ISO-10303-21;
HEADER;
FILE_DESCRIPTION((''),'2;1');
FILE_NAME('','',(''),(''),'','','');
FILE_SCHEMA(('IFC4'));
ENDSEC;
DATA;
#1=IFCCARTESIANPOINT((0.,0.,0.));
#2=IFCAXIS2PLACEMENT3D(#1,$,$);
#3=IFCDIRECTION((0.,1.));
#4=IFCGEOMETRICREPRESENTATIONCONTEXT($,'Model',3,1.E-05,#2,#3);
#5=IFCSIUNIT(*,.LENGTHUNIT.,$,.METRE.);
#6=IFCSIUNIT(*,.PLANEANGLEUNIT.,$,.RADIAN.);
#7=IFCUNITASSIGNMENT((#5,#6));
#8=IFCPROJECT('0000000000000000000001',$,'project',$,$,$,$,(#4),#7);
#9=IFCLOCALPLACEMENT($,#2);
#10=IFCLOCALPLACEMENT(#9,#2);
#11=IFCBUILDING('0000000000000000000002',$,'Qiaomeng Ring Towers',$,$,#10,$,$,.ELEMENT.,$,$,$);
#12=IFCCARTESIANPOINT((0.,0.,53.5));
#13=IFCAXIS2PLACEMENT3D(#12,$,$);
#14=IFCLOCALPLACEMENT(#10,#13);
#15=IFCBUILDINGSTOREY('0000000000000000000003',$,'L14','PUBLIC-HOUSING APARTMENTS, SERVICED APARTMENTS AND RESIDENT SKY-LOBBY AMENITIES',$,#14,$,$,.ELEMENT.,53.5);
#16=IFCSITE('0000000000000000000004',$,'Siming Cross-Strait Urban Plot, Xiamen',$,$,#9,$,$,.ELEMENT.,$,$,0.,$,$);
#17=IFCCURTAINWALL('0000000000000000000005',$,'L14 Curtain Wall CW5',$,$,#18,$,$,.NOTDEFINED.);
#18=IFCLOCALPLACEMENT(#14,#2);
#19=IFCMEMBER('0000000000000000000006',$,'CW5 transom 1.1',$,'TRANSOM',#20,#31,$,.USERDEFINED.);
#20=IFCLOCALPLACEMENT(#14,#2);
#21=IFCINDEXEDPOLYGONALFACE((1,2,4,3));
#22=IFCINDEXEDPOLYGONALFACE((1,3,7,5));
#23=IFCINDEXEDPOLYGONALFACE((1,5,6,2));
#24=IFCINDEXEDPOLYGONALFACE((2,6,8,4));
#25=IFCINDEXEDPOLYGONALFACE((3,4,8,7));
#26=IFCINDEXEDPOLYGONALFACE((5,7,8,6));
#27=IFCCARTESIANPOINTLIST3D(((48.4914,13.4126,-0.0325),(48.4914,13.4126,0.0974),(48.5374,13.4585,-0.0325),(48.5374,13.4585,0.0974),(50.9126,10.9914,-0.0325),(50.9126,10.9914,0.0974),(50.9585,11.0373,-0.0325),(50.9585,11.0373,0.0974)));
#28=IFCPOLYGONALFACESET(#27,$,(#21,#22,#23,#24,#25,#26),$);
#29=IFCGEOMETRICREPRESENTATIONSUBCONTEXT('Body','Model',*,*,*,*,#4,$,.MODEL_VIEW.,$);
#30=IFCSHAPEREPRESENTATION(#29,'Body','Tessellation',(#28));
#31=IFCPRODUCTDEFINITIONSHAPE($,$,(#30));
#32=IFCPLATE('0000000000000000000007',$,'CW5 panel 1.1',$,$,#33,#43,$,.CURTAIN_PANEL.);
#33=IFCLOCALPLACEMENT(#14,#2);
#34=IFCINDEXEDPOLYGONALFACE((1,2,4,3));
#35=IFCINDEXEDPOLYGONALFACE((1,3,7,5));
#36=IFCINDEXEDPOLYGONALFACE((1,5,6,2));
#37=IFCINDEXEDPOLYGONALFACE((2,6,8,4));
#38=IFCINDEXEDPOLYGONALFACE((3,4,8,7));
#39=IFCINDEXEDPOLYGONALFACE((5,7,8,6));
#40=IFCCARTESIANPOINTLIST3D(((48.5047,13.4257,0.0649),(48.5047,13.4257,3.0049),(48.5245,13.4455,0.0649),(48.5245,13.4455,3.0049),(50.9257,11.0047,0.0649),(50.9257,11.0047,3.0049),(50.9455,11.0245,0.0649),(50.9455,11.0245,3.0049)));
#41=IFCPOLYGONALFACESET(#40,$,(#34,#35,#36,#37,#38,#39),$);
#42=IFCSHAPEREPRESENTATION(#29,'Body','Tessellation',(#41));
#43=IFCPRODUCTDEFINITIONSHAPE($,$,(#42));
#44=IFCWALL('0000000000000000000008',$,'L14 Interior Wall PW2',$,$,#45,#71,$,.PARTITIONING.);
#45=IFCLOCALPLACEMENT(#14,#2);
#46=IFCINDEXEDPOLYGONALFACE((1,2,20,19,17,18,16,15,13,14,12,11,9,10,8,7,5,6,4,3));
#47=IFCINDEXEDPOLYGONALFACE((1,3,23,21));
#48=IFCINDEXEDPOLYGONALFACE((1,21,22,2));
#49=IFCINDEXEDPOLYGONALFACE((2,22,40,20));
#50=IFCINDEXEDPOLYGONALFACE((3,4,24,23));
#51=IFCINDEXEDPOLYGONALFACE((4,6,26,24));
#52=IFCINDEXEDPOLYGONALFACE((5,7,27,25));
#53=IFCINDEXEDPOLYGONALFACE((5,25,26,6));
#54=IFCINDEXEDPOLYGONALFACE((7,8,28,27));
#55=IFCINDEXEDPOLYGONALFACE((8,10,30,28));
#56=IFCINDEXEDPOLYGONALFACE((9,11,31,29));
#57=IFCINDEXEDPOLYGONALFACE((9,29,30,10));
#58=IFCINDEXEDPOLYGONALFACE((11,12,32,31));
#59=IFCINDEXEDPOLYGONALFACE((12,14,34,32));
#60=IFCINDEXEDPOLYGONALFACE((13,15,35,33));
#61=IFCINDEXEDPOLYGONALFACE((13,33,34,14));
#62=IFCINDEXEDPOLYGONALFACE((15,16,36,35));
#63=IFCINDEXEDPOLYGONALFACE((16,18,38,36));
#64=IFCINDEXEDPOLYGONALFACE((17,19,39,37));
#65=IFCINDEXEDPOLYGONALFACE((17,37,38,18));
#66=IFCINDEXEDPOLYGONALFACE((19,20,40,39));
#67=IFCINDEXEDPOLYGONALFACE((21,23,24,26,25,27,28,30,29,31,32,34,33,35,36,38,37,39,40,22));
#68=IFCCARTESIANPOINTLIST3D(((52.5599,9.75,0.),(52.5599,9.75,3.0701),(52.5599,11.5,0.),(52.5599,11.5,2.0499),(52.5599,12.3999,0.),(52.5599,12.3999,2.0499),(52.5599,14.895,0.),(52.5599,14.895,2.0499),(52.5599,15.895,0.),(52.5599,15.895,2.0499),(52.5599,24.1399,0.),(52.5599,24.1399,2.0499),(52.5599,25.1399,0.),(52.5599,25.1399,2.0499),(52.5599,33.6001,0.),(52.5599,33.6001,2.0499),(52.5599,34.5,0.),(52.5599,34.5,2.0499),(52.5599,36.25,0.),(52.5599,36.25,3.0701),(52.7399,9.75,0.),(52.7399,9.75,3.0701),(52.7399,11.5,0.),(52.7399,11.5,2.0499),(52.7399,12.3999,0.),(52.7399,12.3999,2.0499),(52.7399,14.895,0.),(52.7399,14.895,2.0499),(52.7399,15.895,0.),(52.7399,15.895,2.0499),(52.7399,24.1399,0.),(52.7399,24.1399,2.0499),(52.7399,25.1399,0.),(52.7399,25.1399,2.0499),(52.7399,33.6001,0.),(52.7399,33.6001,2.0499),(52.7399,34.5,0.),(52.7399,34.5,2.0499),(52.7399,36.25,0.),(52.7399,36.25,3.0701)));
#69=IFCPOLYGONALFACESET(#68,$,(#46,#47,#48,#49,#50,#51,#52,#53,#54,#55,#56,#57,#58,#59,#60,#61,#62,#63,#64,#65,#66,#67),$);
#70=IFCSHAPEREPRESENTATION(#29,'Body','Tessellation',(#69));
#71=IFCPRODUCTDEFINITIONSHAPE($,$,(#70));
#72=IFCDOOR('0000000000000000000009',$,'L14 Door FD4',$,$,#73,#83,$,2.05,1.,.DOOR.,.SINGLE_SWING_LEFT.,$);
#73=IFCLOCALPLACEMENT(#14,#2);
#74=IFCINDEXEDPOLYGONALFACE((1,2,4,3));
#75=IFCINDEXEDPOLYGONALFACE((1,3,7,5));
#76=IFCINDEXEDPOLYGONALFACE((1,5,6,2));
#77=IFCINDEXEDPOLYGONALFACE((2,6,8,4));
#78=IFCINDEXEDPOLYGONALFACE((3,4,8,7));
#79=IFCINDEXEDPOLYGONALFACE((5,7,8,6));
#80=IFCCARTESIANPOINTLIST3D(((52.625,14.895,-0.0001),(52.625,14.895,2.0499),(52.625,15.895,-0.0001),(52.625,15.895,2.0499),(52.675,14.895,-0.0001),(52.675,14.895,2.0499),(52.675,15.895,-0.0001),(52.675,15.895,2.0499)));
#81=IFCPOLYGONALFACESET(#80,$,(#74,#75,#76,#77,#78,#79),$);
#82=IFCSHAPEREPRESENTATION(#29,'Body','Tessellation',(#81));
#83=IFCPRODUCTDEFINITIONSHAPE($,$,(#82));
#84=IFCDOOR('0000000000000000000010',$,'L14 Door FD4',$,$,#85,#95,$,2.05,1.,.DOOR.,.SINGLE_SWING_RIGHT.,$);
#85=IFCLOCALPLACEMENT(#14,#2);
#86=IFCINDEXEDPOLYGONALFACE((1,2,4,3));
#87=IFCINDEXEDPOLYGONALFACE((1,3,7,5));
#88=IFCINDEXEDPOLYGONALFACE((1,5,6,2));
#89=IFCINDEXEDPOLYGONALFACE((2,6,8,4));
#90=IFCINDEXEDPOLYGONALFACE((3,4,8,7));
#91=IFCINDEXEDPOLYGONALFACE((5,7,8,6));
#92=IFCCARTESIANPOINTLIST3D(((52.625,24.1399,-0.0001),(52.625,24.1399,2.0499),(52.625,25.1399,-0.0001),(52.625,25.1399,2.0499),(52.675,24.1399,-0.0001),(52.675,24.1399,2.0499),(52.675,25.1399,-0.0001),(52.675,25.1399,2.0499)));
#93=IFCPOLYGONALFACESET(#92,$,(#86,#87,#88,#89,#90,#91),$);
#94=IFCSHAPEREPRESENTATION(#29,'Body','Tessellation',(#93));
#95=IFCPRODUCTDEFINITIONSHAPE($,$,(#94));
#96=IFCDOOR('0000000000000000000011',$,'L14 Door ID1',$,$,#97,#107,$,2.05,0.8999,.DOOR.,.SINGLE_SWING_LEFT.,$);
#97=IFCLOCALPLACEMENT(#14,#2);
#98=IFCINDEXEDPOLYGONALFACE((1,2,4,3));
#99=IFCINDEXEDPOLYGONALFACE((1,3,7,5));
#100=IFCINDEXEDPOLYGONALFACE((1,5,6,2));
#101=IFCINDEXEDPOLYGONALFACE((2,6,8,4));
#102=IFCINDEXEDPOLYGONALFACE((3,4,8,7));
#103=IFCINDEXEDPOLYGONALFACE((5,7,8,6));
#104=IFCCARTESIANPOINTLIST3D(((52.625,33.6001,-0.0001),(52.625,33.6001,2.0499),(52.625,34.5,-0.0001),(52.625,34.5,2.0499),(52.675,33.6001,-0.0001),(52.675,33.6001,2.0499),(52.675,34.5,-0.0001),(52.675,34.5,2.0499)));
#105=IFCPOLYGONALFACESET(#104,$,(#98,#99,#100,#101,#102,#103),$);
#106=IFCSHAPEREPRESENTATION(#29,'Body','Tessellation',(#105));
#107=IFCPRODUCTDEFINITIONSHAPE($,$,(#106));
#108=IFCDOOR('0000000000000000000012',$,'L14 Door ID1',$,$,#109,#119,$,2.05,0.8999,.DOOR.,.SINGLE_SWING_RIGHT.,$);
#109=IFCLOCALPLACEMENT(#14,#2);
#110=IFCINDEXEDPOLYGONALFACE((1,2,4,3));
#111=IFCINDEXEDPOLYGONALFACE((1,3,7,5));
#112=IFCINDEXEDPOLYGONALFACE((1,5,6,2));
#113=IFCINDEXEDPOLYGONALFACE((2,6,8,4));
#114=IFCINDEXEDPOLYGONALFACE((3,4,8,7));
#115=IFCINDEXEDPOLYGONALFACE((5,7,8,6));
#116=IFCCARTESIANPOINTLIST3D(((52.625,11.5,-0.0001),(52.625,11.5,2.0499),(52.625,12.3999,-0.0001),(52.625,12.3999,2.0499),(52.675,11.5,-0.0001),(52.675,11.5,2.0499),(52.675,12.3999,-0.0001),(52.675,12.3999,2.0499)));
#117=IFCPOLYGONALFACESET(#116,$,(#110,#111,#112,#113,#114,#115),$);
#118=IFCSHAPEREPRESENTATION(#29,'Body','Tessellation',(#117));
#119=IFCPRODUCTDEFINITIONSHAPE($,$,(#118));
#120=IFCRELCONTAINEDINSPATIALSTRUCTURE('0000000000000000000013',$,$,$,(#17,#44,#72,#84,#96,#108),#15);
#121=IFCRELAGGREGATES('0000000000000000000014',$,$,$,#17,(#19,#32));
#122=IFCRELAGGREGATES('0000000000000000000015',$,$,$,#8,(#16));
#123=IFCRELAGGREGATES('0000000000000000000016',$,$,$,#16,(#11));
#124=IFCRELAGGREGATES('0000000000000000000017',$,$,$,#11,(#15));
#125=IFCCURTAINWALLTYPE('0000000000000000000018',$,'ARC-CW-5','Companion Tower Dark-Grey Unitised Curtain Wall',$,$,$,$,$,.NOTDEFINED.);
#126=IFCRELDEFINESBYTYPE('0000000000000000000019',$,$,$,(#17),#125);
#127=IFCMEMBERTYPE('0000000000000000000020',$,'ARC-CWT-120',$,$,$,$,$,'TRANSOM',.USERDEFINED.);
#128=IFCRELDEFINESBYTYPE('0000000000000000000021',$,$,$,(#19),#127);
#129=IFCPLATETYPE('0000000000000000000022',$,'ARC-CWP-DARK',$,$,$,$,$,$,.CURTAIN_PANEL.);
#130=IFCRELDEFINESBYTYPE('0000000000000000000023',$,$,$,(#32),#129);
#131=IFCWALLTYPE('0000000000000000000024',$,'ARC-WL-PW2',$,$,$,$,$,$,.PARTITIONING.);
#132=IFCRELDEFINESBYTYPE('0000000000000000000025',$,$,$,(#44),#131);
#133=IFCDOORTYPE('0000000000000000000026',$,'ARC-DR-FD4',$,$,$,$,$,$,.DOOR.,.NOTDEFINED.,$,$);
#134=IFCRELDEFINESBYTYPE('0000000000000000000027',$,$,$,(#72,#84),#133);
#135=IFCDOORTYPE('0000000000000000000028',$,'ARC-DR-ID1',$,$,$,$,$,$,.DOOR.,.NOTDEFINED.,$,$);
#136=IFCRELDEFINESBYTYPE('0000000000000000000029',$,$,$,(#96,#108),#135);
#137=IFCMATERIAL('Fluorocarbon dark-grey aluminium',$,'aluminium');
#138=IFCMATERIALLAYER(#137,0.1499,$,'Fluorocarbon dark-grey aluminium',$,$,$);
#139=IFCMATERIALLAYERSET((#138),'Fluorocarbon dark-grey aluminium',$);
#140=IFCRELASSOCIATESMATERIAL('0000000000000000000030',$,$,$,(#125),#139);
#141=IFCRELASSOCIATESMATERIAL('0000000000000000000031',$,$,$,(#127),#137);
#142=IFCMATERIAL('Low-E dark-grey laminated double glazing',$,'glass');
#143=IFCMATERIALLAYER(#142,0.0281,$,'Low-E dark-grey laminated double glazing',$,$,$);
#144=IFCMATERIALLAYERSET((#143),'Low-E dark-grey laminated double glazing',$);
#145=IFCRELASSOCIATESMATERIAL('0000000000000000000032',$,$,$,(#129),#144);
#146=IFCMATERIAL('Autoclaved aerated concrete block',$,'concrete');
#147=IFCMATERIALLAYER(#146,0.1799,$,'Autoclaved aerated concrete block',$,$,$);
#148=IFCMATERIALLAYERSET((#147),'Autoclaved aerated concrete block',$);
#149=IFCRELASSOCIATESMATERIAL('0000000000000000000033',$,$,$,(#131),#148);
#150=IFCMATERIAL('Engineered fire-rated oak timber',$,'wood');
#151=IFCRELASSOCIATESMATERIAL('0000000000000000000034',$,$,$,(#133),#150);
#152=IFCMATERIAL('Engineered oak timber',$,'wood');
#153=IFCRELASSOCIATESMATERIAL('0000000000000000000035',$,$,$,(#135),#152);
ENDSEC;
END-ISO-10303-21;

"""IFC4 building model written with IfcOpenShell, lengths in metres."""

from ifc_helpers import new_model, si_unit, direction, frame, frame_2d, origin, origin_2d, place, context, subcontext, project, spatial, rectangle, extrude, source, transform, mapped, material, layer, layer_set, material_profile, profile_set, type_object, element, fill, aggregate, save


model = new_model("IFC4")

# Units and contexts
model_context = context("Model", 3, precision=1e-05, world=origin(), true_north=direction((0.0, 1.0)))
body_context = subcontext(model_context, "Body", "Model", "MODEL_VIEW")
ifc_project = project(units=[si_unit("LENGTHUNIT", "METRE"), si_unit("PLANEANGLEUNIT", "RADIAN")], contexts=[model_context])

# Site, building, storey
site_placement = place(None, origin())
site = spatial("IfcSite", under=ifc_project, at=site_placement, Name="Siming Cross-Strait Urban Plot, Xiamen", CompositionType="ELEMENT", RefElevation=0.0)
building_placement = place(site_placement, origin())
building = spatial("IfcBuilding", under=site, at=building_placement, Name="Qiaomeng Ring Towers", CompositionType="ELEMENT")
storey_placement = place(building_placement, frame((0.0, 0.0, 53.5)))
storey = spatial("IfcBuildingStorey", under=building, at=storey_placement, Name="L14", Description="PUBLIC-HOUSING APARTMENTS, SERVICED APARTMENTS AND RESIDENT SKY-LOBBY AMENITIES", CompositionType="ELEMENT", Elevation=53.5)

# Curtain wall
ifc_material_1 = material(Name="Fluorocarbon dark-grey aluminium", Category="aluminium")
ifc_layer_1 = layer(ifc_material_1, 0.1499, Name="Fluorocarbon dark-grey aluminium")
ifc_layer_set_1 = layer_set([ifc_layer_1], Name="Fluorocarbon dark-grey aluminium")
curtain_wall_type = type_object("IfcCurtainWallType", Name="ARC-CW-5", Description="Companion Tower Dark-Grey Unitised Curtain Wall", PredefinedType="NOTDEFINED", material=ifc_layer_set_1)
curtain_wall_1_placement = place(storey_placement, origin())
curtain_wall_1 = element("IfcCurtainWall", 1, at=curtain_wall_1_placement, inside=storey, type_object=curtain_wall_type, Name="L14 Curtain Wall CW5", PredefinedType="NOTDEFINED")

# Shared definitions
ifc_material_profile_1 = material_profile(ifc_material_1, rectangle(XDim=0.0649, YDim=0.1299, at=origin_2d()), Name="ALU TRAN 65x130")
ifc_profile_set_1 = profile_set([ifc_material_profile_1], Name="Fluorocarbon dark-grey aluminium")
member_type_1 = type_object("IfcMemberType", Name="ARC-CWT-120", ElementType="TRANSOM", PredefinedType="USERDEFINED", material=ifc_profile_set_1)

# Member
shared_shape_1 = source(origin(), body_context, "Body", "SweptSolid", [
    extrude(rectangle(XDim=0.0649, YDim=0.1299, at=origin_2d()), origin(), (0.0, 0.0, 1.0), 3.4241),
])
member_1_placement = place(storey_placement, frame((48.5144, 13.4355, 0.0325), z_axis=(0.707107, -0.707107, 0.0), x_axis=(0.707107, 0.707107, 0.0)))
member_1 = element("IfcMember", 2, at=member_1_placement, type_object=member_type_1, Name="CW5 transom 1.1", ObjectType="TRANSOM", PredefinedType="USERDEFINED", context=body_context, shape_type="MappedRepresentation", body=[
    mapped(shared_shape_1, transform((0.0, 0.0, 0.0), x_axis=(1.0, 0.0, 0.0), y_axis=(0.0, 1.0, 0.0), z_axis=(0.0, 0.0, 1.0), scale=1.0)),
])

# Plate
ifc_material_2 = material(Name="Low-E dark-grey laminated double glazing", Category="glass")
ifc_layer_2 = layer(ifc_material_2, 0.0281, Name="Low-E dark-grey laminated double glazing")
ifc_layer_set_2 = layer_set([ifc_layer_2], Name="Low-E dark-grey laminated double glazing")
plate_type = type_object("IfcPlateType", Name="ARC-CWP-DARK", PredefinedType="CURTAIN_PANEL", material=ifc_layer_set_2)
shared_shape_2 = source(origin(), body_context, "Body", "SweptSolid", [
    extrude(rectangle(XDim=3.4238, YDim=0.0281, at=origin_2d()), origin(), (0.0, 0.0, 1.0), 2.9399),
])
plate_placement = place(storey_placement, frame((49.7251, 12.2251, 0.0649), z_axis=(0.0, 0.0, 1.0), x_axis=(0.707107, -0.707107, 0.0)))
plate = element("IfcPlate", 3, at=plate_placement, type_object=plate_type, Name="CW5 panel 1.1", PredefinedType="CURTAIN_PANEL", context=body_context, shape_type="MappedRepresentation", body=[
    mapped(shared_shape_2, transform((0.0, 0.0, 0.0), x_axis=(1.0, 0.0, 0.0), y_axis=(0.0, 1.0, 0.0), z_axis=(0.0, 0.0, 1.0), scale=1.0)),
])
aggregate(curtain_wall_1, [member_1, plate])

# Wall, openings, doors
ifc_material_3 = material(Name="Autoclaved aerated concrete block", Category="concrete")
ifc_layer_3 = layer(ifc_material_3, 0.1799, Name="Autoclaved aerated concrete block")
ifc_layer_set_3 = layer_set([ifc_layer_3], Name="Autoclaved aerated concrete block")
wall_type_1 = type_object("IfcWallType", Name="ARC-WL-PW2", PredefinedType="PARTITIONING", material=ifc_layer_set_3)
wall_1_placement = place(storey_placement, frame((52.6499, 9.75, 0.0), z_axis=(0.0, 0.0, 1.0), x_axis=(0.0, 1.0, 0.0)))
wall_1 = element("IfcWall", 4, at=wall_1_placement, inside=storey, type_object=wall_type_1, Name="L14 Interior Wall PW2", PredefinedType="PARTITIONING", context=body_context, shape_type="SweptSolid", body=[
    extrude(rectangle(XDim=26.5, YDim=0.1799, at=frame_2d((13.25, 0.0))), origin(), (0.0, 0.0, 1.0), 3.0701),
])
opening_1_placement = place(wall_1_placement, frame((23.8501, 0.0, 0.0)))
opening_1 = element("IfcOpeningElement", 5, at=opening_1_placement, cuts=wall_1, PredefinedType="OPENING", context=body_context, shape_type="SweptSolid", body=[
    extrude(rectangle(XDim=0.8999, YDim=2.05, at=frame_2d((0.45, 1.0249))), frame((0.0, 0.0999, 0.0), z_axis=(0.0, -1.0, 0.0), x_axis=(1.0, 0.0, 0.0)), (0.0, 0.0, 1.0), 0.2),
])
opening_2_placement = place(wall_1_placement, frame((1.75, 0.0, 0.0)))
opening_2 = element("IfcOpeningElement", 6, at=opening_2_placement, cuts=wall_1, PredefinedType="OPENING", context=body_context, shape_type="SweptSolid", body=[
    extrude(rectangle(XDim=0.8999, YDim=2.05, at=frame_2d((0.45, 1.0249))), frame((0.0, 0.0999, 0.0), z_axis=(0.0, -1.0, 0.0), x_axis=(1.0, 0.0, 0.0)), (0.0, 0.0, 1.0), 0.2),
])
opening_3_placement = place(wall_1_placement, frame((5.145, 0.0, 0.0)))
opening_3 = element("IfcOpeningElement", 7, at=opening_3_placement, cuts=wall_1, PredefinedType="OPENING", context=body_context, shape_type="SweptSolid", body=[
    extrude(rectangle(XDim=1.0, YDim=2.05, at=frame_2d((0.5, 1.0249))), frame((0.0, 0.0999, 0.0), z_axis=(0.0, -1.0, 0.0), x_axis=(1.0, 0.0, 0.0)), (0.0, 0.0, 1.0), 0.2),
])
opening_4_placement = place(wall_1_placement, frame((14.3899, 0.0, 0.0)))
opening_4 = element("IfcOpeningElement", 8, at=opening_4_placement, cuts=wall_1, PredefinedType="OPENING", context=body_context, shape_type="SweptSolid", body=[
    extrude(rectangle(XDim=1.0, YDim=2.05, at=frame_2d((0.5, 1.0249))), frame((0.0, 0.0999, 0.0), z_axis=(0.0, -1.0, 0.0), x_axis=(1.0, 0.0, 0.0)), (0.0, 0.0, 1.0), 0.2),
])
ifc_material_4 = material(Name="Engineered fire-rated oak timber", Category="wood")
door_type_1 = type_object("IfcDoorType", Name="ARC-DR-FD4", OperationType="NOTDEFINED", PredefinedType="DOOR", material=ifc_material_4)
shared_shape_3 = source(origin(), body_context, "Body", "SweptSolid", [
    extrude(rectangle(XDim=1.0, YDim=2.05, at=frame_2d((0.5, 1.0249))), frame((0.0, 0.0249, 0.0), z_axis=(0.0, -1.0, 0.0), x_axis=(1.0, 0.0, 0.0)), (0.0, 0.0, 1.0), 0.05),
])
door_1_placement = place(opening_3_placement, origin())
door_1 = element("IfcDoor", 9, at=door_1_placement, inside=storey, type_object=door_type_1, Name="L14 Door FD4", OperationType="SINGLE_SWING_LEFT", OverallHeight=2.05, OverallWidth=1.0, PredefinedType="DOOR", context=body_context, shape_type="MappedRepresentation", body=[
    mapped(shared_shape_3, transform((0.0, 0.0, 0.0), x_axis=(1.0, 0.0, 0.0), y_axis=(0.0, 1.0, 0.0), z_axis=(0.0, 0.0, 1.0), scale=1.0)),
])
fill(opening_3, door_1)
door_2_placement = place(opening_4_placement, origin())
door_2 = element("IfcDoor", 10, at=door_2_placement, inside=storey, type_object=door_type_1, Name="L14 Door FD4", OperationType="SINGLE_SWING_RIGHT", OverallHeight=2.05, OverallWidth=1.0, PredefinedType="DOOR", context=body_context, shape_type="MappedRepresentation", body=[
    mapped(shared_shape_3, transform((0.0, 0.0, 0.0), x_axis=(1.0, 0.0, 0.0), y_axis=(0.0, 1.0, 0.0), z_axis=(0.0, 0.0, 1.0), scale=1.0)),
])
fill(opening_4, door_2)
ifc_material_5 = material(Name="Engineered oak timber", Category="wood")
door_type_2 = type_object("IfcDoorType", Name="ARC-DR-ID1", OperationType="NOTDEFINED", PredefinedType="DOOR", material=ifc_material_5)
shared_shape_4 = source(origin(), body_context, "Body", "SweptSolid", [
    extrude(rectangle(XDim=0.8999, YDim=2.05, at=frame_2d((0.45, 1.0249))), frame((0.0, 0.0249, 0.0), z_axis=(0.0, -1.0, 0.0), x_axis=(1.0, 0.0, 0.0)), (0.0, 0.0, 1.0), 0.05),
])
door_3_placement = place(opening_1_placement, origin())
door_3 = element("IfcDoor", 11, at=door_3_placement, inside=storey, type_object=door_type_2, Name="L14 Door ID1", OperationType="SINGLE_SWING_LEFT", OverallHeight=2.05, OverallWidth=0.8999, PredefinedType="DOOR", context=body_context, shape_type="MappedRepresentation", body=[
    mapped(shared_shape_4, transform((0.0, 0.0, 0.0), x_axis=(1.0, 0.0, 0.0), y_axis=(0.0, 1.0, 0.0), z_axis=(0.0, 0.0, 1.0), scale=1.0)),
])
fill(opening_1, door_3)
door_4_placement = place(opening_2_placement, origin())
door_4 = element("IfcDoor", 12, at=door_4_placement, inside=storey, type_object=door_type_2, Name="L14 Door ID1", OperationType="SINGLE_SWING_RIGHT", OverallHeight=2.05, OverallWidth=0.8999, PredefinedType="DOOR", context=body_context, shape_type="MappedRepresentation", body=[
    mapped(shared_shape_4, transform((0.0, 0.0, 0.0), x_axis=(1.0, 0.0, 0.0), y_axis=(0.0, 1.0, 0.0), z_axis=(0.0, 0.0, 1.0), scale=1.0)),
])
fill(opening_2, door_4)

save(model, "model.ifc")
